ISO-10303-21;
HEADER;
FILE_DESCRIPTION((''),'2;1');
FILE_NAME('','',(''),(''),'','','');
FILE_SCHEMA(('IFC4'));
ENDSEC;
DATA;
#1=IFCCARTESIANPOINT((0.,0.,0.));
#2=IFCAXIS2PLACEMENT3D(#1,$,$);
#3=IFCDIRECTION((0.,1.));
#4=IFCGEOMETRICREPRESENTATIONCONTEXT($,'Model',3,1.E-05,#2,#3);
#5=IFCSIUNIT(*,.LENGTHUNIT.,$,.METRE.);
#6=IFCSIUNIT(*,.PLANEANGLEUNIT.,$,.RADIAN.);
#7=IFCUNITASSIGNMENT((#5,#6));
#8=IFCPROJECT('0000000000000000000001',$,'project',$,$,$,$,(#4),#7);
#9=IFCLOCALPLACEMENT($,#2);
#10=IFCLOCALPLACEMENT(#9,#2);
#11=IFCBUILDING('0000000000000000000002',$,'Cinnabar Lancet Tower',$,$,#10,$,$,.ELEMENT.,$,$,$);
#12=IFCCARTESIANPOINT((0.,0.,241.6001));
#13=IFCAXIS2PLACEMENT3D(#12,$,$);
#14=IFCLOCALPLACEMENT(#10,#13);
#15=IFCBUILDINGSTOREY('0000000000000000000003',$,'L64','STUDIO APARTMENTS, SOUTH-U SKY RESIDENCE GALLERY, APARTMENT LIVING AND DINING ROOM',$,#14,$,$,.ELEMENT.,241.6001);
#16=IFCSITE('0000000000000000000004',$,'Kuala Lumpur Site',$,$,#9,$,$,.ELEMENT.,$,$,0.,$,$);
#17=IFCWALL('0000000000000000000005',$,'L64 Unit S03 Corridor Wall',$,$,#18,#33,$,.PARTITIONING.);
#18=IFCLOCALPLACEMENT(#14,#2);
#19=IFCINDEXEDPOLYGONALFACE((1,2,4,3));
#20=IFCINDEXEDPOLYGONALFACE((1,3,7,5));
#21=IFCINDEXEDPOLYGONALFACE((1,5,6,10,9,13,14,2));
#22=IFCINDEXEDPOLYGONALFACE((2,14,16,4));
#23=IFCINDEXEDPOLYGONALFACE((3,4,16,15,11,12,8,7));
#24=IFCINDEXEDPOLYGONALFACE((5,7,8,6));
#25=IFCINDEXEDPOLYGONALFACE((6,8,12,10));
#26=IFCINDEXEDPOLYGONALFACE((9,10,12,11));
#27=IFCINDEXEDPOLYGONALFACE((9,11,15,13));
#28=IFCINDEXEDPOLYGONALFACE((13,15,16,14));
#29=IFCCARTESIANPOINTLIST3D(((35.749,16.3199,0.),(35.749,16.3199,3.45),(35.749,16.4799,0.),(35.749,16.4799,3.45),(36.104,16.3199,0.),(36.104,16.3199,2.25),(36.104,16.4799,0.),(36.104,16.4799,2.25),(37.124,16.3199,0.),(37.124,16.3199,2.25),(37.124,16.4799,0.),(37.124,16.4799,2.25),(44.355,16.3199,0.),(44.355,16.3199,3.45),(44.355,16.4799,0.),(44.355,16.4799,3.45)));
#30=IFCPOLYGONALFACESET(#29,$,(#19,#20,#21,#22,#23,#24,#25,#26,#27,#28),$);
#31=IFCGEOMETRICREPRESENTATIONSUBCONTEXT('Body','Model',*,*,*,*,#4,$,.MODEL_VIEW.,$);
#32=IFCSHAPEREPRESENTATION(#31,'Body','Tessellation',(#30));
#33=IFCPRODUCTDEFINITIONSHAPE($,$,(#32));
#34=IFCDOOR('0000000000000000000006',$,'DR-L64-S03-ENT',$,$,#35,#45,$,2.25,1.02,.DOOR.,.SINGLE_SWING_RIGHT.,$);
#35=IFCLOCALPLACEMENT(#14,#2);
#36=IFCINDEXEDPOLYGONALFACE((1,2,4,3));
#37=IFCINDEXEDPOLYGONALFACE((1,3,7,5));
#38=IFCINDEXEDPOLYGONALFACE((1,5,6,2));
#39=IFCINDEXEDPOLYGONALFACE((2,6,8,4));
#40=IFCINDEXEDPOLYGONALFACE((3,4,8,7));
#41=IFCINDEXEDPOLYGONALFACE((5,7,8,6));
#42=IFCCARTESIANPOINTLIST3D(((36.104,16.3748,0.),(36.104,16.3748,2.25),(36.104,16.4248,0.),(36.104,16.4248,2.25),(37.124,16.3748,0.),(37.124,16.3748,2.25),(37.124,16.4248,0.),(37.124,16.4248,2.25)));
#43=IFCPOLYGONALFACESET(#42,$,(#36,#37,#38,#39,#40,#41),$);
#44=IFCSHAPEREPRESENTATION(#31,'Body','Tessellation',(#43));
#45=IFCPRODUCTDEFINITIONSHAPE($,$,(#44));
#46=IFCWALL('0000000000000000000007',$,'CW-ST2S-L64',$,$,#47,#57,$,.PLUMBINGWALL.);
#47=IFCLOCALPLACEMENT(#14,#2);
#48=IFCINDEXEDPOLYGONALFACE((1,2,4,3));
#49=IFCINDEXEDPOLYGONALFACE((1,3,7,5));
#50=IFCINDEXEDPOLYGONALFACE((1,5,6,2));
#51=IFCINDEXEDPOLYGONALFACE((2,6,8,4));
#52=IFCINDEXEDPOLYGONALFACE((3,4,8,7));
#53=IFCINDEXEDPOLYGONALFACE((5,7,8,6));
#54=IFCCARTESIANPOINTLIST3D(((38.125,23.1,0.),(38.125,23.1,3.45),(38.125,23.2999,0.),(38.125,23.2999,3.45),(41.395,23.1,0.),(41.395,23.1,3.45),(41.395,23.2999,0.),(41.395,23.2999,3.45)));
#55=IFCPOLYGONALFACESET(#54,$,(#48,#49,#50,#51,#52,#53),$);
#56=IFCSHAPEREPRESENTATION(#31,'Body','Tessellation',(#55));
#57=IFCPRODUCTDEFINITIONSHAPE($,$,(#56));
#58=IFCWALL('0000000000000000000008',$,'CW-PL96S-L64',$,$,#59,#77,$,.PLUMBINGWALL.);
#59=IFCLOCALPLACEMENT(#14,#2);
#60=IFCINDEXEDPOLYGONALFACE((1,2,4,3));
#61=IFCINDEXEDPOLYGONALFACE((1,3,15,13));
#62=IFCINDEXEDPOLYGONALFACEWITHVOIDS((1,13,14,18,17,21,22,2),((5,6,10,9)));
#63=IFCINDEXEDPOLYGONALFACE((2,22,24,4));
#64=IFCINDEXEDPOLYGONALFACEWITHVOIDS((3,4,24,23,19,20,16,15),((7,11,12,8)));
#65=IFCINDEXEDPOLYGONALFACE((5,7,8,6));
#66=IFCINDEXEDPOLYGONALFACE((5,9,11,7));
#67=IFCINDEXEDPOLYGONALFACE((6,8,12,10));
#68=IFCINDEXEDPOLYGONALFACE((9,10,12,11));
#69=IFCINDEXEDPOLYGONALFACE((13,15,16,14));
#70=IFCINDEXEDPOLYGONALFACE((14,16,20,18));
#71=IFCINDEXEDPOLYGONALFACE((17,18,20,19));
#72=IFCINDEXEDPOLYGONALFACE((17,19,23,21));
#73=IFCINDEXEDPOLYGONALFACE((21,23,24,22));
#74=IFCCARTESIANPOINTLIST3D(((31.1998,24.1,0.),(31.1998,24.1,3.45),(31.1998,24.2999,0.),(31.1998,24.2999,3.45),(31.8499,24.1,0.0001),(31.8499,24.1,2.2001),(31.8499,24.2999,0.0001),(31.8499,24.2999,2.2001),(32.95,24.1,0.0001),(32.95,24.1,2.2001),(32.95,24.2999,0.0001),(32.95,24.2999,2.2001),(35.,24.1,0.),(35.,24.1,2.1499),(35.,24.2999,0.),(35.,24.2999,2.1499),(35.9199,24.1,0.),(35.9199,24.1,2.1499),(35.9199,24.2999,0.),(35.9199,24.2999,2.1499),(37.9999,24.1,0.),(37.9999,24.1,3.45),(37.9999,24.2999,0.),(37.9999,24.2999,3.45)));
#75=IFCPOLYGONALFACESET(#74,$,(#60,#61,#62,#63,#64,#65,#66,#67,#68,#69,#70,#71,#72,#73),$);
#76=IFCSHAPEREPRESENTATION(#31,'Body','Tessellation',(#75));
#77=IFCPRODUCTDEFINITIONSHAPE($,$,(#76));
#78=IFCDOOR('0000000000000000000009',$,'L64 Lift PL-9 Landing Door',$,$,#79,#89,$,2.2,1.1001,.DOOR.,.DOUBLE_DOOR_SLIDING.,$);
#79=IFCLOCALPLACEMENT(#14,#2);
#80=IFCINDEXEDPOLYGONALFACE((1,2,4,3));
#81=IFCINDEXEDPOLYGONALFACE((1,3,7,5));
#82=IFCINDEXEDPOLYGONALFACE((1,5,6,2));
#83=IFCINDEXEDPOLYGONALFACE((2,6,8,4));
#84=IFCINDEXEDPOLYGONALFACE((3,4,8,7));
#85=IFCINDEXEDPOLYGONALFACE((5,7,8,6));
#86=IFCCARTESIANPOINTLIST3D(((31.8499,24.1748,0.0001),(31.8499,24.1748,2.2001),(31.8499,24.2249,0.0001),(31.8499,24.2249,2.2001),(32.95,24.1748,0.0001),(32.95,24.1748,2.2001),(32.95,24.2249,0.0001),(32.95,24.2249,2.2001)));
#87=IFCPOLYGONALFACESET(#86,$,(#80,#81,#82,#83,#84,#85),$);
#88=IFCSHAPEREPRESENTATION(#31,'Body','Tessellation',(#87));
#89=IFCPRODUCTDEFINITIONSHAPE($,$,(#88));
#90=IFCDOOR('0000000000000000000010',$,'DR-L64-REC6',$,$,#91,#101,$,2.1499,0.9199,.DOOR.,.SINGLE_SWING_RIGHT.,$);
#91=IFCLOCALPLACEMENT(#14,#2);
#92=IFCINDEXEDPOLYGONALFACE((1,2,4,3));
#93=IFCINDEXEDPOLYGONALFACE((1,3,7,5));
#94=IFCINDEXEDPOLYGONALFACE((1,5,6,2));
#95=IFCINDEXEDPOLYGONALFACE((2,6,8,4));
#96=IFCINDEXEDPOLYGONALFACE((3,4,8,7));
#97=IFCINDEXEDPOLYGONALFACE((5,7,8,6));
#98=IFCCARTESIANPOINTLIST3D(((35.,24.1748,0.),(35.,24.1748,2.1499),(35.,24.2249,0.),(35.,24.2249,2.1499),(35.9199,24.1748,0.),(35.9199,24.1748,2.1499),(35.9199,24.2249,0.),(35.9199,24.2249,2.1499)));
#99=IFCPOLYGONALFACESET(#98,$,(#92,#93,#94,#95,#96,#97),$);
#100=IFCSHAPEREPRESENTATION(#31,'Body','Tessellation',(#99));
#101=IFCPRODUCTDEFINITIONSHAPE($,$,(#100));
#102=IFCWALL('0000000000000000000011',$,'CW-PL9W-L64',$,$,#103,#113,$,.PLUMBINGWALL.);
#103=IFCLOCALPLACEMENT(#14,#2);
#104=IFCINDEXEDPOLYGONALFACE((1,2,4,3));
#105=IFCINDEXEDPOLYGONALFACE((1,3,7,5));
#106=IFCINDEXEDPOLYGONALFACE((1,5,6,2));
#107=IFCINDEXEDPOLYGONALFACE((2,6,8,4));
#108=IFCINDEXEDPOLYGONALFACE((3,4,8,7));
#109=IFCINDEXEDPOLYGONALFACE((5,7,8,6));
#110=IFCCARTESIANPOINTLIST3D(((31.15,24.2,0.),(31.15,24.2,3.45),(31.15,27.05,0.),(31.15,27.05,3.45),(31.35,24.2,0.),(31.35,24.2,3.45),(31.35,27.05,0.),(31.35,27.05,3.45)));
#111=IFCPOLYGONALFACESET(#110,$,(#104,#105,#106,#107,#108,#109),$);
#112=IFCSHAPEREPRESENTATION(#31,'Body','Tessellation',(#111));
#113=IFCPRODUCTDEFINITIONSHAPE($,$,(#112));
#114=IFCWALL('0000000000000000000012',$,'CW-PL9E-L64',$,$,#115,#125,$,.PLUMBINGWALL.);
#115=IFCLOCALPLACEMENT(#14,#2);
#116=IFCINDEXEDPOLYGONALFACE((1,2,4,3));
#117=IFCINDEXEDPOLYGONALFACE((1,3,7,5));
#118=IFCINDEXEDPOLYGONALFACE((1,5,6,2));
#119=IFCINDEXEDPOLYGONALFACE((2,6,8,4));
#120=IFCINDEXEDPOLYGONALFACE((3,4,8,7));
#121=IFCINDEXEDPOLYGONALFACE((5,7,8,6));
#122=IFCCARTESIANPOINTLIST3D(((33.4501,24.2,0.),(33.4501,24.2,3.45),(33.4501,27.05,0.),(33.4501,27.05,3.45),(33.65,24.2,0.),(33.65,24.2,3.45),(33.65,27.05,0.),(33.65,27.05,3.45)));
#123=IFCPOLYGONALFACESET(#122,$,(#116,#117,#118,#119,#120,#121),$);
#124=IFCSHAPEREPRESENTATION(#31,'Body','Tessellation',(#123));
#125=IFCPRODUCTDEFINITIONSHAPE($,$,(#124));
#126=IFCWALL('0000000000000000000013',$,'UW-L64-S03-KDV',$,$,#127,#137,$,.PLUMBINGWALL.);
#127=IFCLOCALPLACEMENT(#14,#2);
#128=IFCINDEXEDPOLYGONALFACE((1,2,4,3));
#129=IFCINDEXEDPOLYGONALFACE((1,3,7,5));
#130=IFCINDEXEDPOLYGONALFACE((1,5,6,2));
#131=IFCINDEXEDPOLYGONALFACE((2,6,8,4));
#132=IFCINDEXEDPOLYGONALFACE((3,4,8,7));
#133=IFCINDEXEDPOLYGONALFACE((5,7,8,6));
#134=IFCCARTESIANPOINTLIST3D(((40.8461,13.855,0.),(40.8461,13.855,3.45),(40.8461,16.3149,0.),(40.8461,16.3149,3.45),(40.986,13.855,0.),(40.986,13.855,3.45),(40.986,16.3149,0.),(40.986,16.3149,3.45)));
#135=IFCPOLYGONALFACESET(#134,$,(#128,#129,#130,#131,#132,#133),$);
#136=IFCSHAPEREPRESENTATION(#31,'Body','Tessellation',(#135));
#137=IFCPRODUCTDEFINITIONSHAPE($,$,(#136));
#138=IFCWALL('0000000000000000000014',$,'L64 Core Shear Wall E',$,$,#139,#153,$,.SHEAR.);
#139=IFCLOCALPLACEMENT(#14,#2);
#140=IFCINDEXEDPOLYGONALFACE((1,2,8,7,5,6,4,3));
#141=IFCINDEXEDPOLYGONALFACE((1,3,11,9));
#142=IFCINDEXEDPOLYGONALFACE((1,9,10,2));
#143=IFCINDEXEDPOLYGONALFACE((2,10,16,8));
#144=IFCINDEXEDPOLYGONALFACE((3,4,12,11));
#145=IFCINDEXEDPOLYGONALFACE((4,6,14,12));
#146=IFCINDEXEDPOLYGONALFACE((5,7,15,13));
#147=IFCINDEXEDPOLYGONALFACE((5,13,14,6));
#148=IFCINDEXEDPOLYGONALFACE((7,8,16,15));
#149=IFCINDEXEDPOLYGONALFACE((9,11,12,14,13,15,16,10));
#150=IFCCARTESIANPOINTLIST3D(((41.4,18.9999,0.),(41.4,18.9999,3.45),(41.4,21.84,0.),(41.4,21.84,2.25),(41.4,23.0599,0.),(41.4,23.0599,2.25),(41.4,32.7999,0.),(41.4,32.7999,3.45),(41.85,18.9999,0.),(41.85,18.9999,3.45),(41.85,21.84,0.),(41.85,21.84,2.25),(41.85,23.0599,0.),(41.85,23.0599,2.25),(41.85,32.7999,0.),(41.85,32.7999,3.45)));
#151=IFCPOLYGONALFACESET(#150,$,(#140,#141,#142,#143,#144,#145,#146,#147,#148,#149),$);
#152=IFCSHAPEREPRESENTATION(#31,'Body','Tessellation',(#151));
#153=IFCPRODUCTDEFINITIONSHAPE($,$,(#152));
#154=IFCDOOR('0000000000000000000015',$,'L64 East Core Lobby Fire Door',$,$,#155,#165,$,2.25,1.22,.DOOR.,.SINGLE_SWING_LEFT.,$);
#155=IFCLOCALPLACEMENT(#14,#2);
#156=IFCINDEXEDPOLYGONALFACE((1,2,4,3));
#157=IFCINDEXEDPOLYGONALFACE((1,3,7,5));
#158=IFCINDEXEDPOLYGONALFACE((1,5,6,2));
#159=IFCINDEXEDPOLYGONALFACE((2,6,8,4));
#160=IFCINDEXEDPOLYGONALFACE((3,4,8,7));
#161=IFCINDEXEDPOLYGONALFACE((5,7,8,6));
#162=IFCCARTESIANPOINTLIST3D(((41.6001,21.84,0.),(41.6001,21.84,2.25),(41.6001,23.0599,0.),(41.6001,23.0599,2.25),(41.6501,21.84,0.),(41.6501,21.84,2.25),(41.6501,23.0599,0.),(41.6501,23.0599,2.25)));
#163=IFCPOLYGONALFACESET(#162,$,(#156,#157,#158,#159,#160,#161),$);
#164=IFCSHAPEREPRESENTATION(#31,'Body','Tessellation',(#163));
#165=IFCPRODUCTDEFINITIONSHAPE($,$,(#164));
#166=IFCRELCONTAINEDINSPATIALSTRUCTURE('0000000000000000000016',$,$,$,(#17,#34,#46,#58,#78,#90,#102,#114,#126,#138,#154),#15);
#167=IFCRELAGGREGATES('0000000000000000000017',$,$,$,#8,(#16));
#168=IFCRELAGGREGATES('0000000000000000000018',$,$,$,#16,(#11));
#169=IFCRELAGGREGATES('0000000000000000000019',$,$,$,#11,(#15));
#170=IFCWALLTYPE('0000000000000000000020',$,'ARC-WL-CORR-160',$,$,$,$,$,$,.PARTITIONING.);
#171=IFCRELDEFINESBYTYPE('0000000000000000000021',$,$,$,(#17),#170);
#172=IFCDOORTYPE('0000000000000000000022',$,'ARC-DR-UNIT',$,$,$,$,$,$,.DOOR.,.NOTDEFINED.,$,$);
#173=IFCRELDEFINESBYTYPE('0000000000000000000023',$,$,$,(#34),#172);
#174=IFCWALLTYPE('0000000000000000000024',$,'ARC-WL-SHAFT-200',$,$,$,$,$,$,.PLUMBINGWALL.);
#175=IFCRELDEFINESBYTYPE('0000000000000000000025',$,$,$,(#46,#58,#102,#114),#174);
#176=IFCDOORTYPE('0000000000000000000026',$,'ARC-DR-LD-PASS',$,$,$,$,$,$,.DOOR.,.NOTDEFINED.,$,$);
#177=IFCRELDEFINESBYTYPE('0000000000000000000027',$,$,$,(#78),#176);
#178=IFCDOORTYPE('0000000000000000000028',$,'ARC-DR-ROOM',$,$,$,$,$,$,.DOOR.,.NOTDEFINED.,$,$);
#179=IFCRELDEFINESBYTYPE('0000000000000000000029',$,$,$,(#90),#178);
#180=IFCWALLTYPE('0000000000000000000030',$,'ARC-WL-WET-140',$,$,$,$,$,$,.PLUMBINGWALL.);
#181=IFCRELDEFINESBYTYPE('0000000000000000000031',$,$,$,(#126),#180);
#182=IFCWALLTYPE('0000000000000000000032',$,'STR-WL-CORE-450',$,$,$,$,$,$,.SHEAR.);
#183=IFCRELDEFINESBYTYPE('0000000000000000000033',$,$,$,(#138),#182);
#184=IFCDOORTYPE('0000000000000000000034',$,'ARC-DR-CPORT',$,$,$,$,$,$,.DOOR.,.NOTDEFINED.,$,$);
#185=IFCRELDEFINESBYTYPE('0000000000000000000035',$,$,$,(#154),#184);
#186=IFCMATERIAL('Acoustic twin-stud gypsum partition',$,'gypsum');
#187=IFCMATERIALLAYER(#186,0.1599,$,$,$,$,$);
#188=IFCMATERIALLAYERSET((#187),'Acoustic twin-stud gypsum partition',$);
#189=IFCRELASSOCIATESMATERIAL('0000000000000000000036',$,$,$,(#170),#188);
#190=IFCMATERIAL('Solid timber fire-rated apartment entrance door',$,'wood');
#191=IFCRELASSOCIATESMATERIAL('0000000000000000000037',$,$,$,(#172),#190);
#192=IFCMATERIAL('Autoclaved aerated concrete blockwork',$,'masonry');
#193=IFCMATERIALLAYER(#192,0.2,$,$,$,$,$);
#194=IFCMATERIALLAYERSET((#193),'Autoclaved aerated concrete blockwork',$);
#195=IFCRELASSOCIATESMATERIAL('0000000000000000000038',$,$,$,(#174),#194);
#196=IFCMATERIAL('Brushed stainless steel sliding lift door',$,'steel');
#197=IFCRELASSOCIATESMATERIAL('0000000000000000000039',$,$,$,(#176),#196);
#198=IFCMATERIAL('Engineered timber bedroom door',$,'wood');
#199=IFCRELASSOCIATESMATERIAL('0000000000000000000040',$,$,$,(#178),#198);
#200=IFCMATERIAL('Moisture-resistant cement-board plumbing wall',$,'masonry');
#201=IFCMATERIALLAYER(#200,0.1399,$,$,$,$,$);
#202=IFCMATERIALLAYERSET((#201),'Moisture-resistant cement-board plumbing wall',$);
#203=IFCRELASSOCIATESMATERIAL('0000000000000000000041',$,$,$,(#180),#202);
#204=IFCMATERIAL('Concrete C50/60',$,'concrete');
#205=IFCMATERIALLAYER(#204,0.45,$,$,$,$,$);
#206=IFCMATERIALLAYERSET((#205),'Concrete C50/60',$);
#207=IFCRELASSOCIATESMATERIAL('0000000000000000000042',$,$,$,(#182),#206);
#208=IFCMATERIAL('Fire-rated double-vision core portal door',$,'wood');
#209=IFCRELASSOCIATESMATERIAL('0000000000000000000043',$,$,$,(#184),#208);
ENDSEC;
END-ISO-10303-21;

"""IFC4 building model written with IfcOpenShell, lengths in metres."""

from ifc_helpers import new_model, si_unit, direction, frame, frame_2d, origin, place, context, subcontext, project, spatial, rectangle, extrude, material, layer, layer_set, type_object, element, fill, save


model = new_model("IFC4")

# Units and contexts
model_context = context("Model", 3, precision=1e-05, world=origin(), true_north=direction((0.0, 1.0)))
body_context = subcontext(model_context, "Body", "Model", "MODEL_VIEW")
ifc_project = project(units=[si_unit("LENGTHUNIT", "METRE"), si_unit("PLANEANGLEUNIT", "RADIAN")], contexts=[model_context])

# Site, building, storey
site_placement = place(None, origin())
site = spatial("IfcSite", under=ifc_project, at=site_placement, Name="Kuala Lumpur Site", CompositionType="ELEMENT", RefElevation=0.0)
building_placement = place(site_placement, origin())
building = spatial("IfcBuilding", under=site, at=building_placement, Name="Cinnabar Lancet Tower", CompositionType="ELEMENT")
storey_placement = place(building_placement, frame((0.0, 0.0, 241.6001)))
storey = spatial("IfcBuildingStorey", under=building, at=storey_placement, Name="L64", Description="STUDIO APARTMENTS, SOUTH-U SKY RESIDENCE GALLERY, APARTMENT LIVING AND DINING ROOM", CompositionType="ELEMENT", Elevation=241.6001)

# Shared definitions
ifc_material_1 = material(Name="Acoustic twin-stud gypsum partition", Category="gypsum")
ifc_layer_1 = layer(ifc_material_1, 0.1599)
ifc_layer_set_1 = layer_set([ifc_layer_1], Name="Acoustic twin-stud gypsum partition")
wall_type_1 = type_object("IfcWallType", Name="ARC-WL-CORR-160", PredefinedType="PARTITIONING", material=ifc_layer_set_1)

# Wall, opening, door
wall_1_placement = place(storey_placement, frame((35.749, 16.3999, 0.0), z_axis=(0.0, 0.0, 1.0), x_axis=(1.0, 0.0, 0.0)))
wall_1 = element("IfcWall", 1, at=wall_1_placement, inside=storey, type_object=wall_type_1, Name="L64 Unit S03 Corridor Wall", PredefinedType="PARTITIONING", context=body_context, shape_type="SweptSolid", body=[
    extrude(rectangle(XDim=8.606, YDim=0.1599, at=frame_2d((4.303, 0.0))), origin(), (0.0, 0.0, 1.0), 3.45),
])
opening_1_placement = place(wall_1_placement, frame((0.355, 0.0, 0.0)))
opening_1 = element("IfcOpeningElement", 2, at=opening_1_placement, cuts=wall_1, PredefinedType="OPENING", context=body_context, shape_type="SweptSolid", body=[
    extrude(rectangle(XDim=1.02, YDim=2.25, at=frame_2d((0.51, 1.125))), frame((0.0, 0.0898, 0.0), z_axis=(0.0, -1.0, 0.0), x_axis=(1.0, 0.0, 0.0)), (0.0, 0.0, 1.0), 0.1799),
])
ifc_material_2 = material(Name="Solid timber fire-rated apartment entrance door", Category="wood")
door_type_1 = type_object("IfcDoorType", Name="ARC-DR-UNIT", OperationType="NOTDEFINED", PredefinedType="DOOR", material=ifc_material_2)
door_1_placement = place(opening_1_placement, origin())
door_1 = element("IfcDoor", 3, at=door_1_placement, inside=storey, type_object=door_type_1, Name="DR-L64-S03-ENT", OperationType="SINGLE_SWING_RIGHT", OverallHeight=2.25, OverallWidth=1.02, PredefinedType="DOOR", context=body_context, shape_type="SweptSolid", body=[
    extrude(rectangle(XDim=1.02, YDim=2.25, at=frame_2d((0.51, 1.125))), frame((0.0, 0.0249, 0.0), z_axis=(0.0, -1.0, 0.0), x_axis=(1.0, 0.0, 0.0)), (0.0, 0.0, 1.0), 0.05),
])
fill(opening_1, door_1)

# Wall
ifc_material_3 = material(Name="Autoclaved aerated concrete blockwork", Category="masonry")
ifc_layer_2 = layer(ifc_material_3, 0.2)
ifc_layer_set_2 = layer_set([ifc_layer_2], Name="Autoclaved aerated concrete blockwork")
wall_type_2 = type_object("IfcWallType", Name="ARC-WL-SHAFT-200", PredefinedType="PLUMBINGWALL", material=ifc_layer_set_2)
wall_2_placement = place(storey_placement, frame((38.125, 23.2, 0.0), z_axis=(0.0, 0.0, 1.0), x_axis=(1.0, 0.0, 0.0)))
element("IfcWall", 4, at=wall_2_placement, inside=storey, type_object=wall_type_2, Name="CW-ST2S-L64", PredefinedType="PLUMBINGWALL", context=body_context, shape_type="SweptSolid", body=[
    extrude(rectangle(XDim=3.27, YDim=0.2, at=frame_2d((1.635, 0.0))), origin(), (0.0, 0.0, 1.0), 3.45),
])

# Wall, openings, doors
wall_3_placement = place(storey_placement, frame((31.2, 24.2, 0.0), z_axis=(0.0, 0.0, 1.0), x_axis=(1.0, 0.0, 0.0)))
wall_3 = element("IfcWall", 5, at=wall_3_placement, inside=storey, type_object=wall_type_2, Name="CW-PL96S-L64", PredefinedType="PLUMBINGWALL", context=body_context, shape_type="SweptSolid", body=[
    extrude(rectangle(XDim=6.8, YDim=0.2, at=frame_2d((3.3999, 0.0))), origin(), (0.0, 0.0, 1.0), 3.45),
])
opening_2_placement = place(wall_3_placement, frame((0.6499, 0.0, 0.0)))
opening_2 = element("IfcOpeningElement", 6, at=opening_2_placement, cuts=wall_3, PredefinedType="OPENING", context=body_context, shape_type="SweptSolid", body=[
    extrude(rectangle(XDim=1.1001, YDim=2.2, at=frame_2d((0.55, 1.1001))), frame((0.0, 0.1099, 0.0), z_axis=(0.0, -1.0, 0.0), x_axis=(1.0, 0.0, 0.0)), (0.0, 0.0, 1.0), 0.22),
])
opening_3_placement = place(wall_3_placement, frame((3.8, 0.0, 0.0)))
opening_3 = element("IfcOpeningElement", 7, at=opening_3_placement, cuts=wall_3, PredefinedType="OPENING", context=body_context, shape_type="SweptSolid", body=[
    extrude(rectangle(XDim=0.9199, YDim=2.1499, at=frame_2d((0.46, 1.075))), frame((0.0, 0.1099, 0.0), z_axis=(0.0, -1.0, 0.0), x_axis=(1.0, 0.0, 0.0)), (0.0, 0.0, 1.0), 0.22),
])
ifc_material_4 = material(Name="Brushed stainless steel sliding lift door", Category="steel")
door_type_2 = type_object("IfcDoorType", Name="ARC-DR-LD-PASS", OperationType="NOTDEFINED", PredefinedType="DOOR", material=ifc_material_4)
door_2_placement = place(opening_2_placement, origin())
door_2 = element("IfcDoor", 8, at=door_2_placement, inside=storey, type_object=door_type_2, Name="L64 Lift PL-9 Landing Door", OperationType="DOUBLE_DOOR_SLIDING", OverallHeight=2.2, OverallWidth=1.1001, PredefinedType="DOOR", context=body_context, shape_type="SweptSolid", body=[
    extrude(rectangle(XDim=1.1001, YDim=2.2, at=frame_2d((0.55, 1.1001))), frame((0.0, 0.0249, 0.0), z_axis=(0.0, -1.0, 0.0), x_axis=(1.0, 0.0, 0.0)), (0.0, 0.0, 1.0), 0.05),
])
fill(opening_2, door_2)
ifc_material_5 = material(Name="Engineered timber bedroom door", Category="wood")
door_type_3 = type_object("IfcDoorType", Name="ARC-DR-ROOM", OperationType="NOTDEFINED", PredefinedType="DOOR", material=ifc_material_5)
door_3_placement = place(opening_3_placement, origin())
door_3 = element("IfcDoor", 9, at=door_3_placement, inside=storey, type_object=door_type_3, Name="DR-L64-REC6", OperationType="SINGLE_SWING_RIGHT", OverallHeight=2.1499, OverallWidth=0.9199, PredefinedType="DOOR", context=body_context, shape_type="SweptSolid", body=[
    extrude(rectangle(XDim=0.9199, YDim=2.1499, at=frame_2d((0.46, 1.075))), frame((0.0, 0.0249, 0.0), z_axis=(0.0, -1.0, 0.0), x_axis=(1.0, 0.0, 0.0)), (0.0, 0.0, 1.0), 0.05),
])
fill(opening_3, door_3)

# Walls
for number, where, z_axis, x_axis, name in (
    (10, (31.25, 24.2, 0.0), (0.0, 0.0, 1.0), (0.0, 1.0, 0.0), "CW-PL9W-L64"),
    (11, (33.55, 24.2, 0.0), (0.0, 0.0, 1.0), (0.0, 1.0, 0.0), "CW-PL9E-L64"),
):
    element("IfcWall", number, at=place(storey_placement, frame(where, z_axis=z_axis, x_axis=x_axis)), inside=storey, type_object=wall_type_2, Name=name, PredefinedType="PLUMBINGWALL", context=body_context, shape_type="SweptSolid", body=[
        extrude(rectangle(XDim=2.8501, YDim=0.2, at=frame_2d((1.425, 0.0))), origin(), (0.0, 0.0, 1.0), 3.45),
    ])
ifc_material_6 = material(Name="Moisture-resistant cement-board plumbing wall", Category="masonry")
ifc_layer_3 = layer(ifc_material_6, 0.1399)
ifc_layer_set_3 = layer_set([ifc_layer_3], Name="Moisture-resistant cement-board plumbing wall")
wall_type_3 = type_object("IfcWallType", Name="ARC-WL-WET-140", PredefinedType="PLUMBINGWALL", material=ifc_layer_set_3)
wall_4_placement = place(storey_placement, frame((40.916, 13.855, 0.0), z_axis=(0.0, 0.0, 1.0), x_axis=(0.0, 1.0, 0.0)))
element("IfcWall", 12, at=wall_4_placement, inside=storey, type_object=wall_type_3, Name="UW-L64-S03-KDV", PredefinedType="PLUMBINGWALL", context=body_context, shape_type="SweptSolid", body=[
    extrude(rectangle(XDim=2.46, YDim=0.1399, at=frame_2d((1.23, 0.0))), origin(), (0.0, 0.0, 1.0), 3.45),
])

# Wall, opening, door
ifc_material_7 = material(Name="Concrete C50/60", Category="concrete")
ifc_layer_4 = layer(ifc_material_7, 0.45)
ifc_layer_set_4 = layer_set([ifc_layer_4], Name="Concrete C50/60")
wall_type_4 = type_object("IfcWallType", Name="STR-WL-CORE-450", PredefinedType="SHEAR", material=ifc_layer_set_4)
wall_5_placement = place(storey_placement, frame((41.625, 19.0, 0.0), z_axis=(0.0, 0.0, 1.0), x_axis=(0.0, 1.0, 0.0)))
wall_5 = element("IfcWall", 13, at=wall_5_placement, inside=storey, type_object=wall_type_4, Name="L64 Core Shear Wall E", PredefinedType="SHEAR", context=body_context, shape_type="SweptSolid", body=[
    extrude(rectangle(XDim=13.8, YDim=0.45, at=frame_2d((6.8999, 0.0))), origin(), (0.0, 0.0, 1.0), 3.45),
])
opening_4_placement = place(wall_5_placement, frame((2.8401, 0.0, 0.0)))
opening_4 = element("IfcOpeningElement", 14, at=opening_4_placement, cuts=wall_5, PredefinedType="OPENING", context=body_context, shape_type="SweptSolid", body=[
    extrude(rectangle(XDim=1.22, YDim=2.25, at=frame_2d((0.6099, 1.125))), frame((0.0, 0.2349, 0.0), z_axis=(0.0, -1.0, 0.0), x_axis=(1.0, 0.0, 0.0)), (0.0, 0.0, 1.0), 0.47),
])
ifc_material_8 = material(Name="Fire-rated double-vision core portal door", Category="wood")
door_type_4 = type_object("IfcDoorType", Name="ARC-DR-CPORT", OperationType="NOTDEFINED", PredefinedType="DOOR", material=ifc_material_8)
door_4_placement = place(opening_4_placement, origin())
door_4 = element("IfcDoor", 15, at=door_4_placement, inside=storey, type_object=door_type_4, Name="L64 East Core Lobby Fire Door", OperationType="SINGLE_SWING_LEFT", OverallHeight=2.25, OverallWidth=1.22, PredefinedType="DOOR", context=body_context, shape_type="SweptSolid", body=[
    extrude(rectangle(XDim=1.22, YDim=2.25, at=frame_2d((0.6099, 1.125))), frame((0.0, 0.0249, 0.0), z_axis=(0.0, -1.0, 0.0), x_axis=(1.0, 0.0, 0.0)), (0.0, 0.0, 1.0), 0.05),
])
fill(opening_4, door_4)

save(model, "model.ifc")
